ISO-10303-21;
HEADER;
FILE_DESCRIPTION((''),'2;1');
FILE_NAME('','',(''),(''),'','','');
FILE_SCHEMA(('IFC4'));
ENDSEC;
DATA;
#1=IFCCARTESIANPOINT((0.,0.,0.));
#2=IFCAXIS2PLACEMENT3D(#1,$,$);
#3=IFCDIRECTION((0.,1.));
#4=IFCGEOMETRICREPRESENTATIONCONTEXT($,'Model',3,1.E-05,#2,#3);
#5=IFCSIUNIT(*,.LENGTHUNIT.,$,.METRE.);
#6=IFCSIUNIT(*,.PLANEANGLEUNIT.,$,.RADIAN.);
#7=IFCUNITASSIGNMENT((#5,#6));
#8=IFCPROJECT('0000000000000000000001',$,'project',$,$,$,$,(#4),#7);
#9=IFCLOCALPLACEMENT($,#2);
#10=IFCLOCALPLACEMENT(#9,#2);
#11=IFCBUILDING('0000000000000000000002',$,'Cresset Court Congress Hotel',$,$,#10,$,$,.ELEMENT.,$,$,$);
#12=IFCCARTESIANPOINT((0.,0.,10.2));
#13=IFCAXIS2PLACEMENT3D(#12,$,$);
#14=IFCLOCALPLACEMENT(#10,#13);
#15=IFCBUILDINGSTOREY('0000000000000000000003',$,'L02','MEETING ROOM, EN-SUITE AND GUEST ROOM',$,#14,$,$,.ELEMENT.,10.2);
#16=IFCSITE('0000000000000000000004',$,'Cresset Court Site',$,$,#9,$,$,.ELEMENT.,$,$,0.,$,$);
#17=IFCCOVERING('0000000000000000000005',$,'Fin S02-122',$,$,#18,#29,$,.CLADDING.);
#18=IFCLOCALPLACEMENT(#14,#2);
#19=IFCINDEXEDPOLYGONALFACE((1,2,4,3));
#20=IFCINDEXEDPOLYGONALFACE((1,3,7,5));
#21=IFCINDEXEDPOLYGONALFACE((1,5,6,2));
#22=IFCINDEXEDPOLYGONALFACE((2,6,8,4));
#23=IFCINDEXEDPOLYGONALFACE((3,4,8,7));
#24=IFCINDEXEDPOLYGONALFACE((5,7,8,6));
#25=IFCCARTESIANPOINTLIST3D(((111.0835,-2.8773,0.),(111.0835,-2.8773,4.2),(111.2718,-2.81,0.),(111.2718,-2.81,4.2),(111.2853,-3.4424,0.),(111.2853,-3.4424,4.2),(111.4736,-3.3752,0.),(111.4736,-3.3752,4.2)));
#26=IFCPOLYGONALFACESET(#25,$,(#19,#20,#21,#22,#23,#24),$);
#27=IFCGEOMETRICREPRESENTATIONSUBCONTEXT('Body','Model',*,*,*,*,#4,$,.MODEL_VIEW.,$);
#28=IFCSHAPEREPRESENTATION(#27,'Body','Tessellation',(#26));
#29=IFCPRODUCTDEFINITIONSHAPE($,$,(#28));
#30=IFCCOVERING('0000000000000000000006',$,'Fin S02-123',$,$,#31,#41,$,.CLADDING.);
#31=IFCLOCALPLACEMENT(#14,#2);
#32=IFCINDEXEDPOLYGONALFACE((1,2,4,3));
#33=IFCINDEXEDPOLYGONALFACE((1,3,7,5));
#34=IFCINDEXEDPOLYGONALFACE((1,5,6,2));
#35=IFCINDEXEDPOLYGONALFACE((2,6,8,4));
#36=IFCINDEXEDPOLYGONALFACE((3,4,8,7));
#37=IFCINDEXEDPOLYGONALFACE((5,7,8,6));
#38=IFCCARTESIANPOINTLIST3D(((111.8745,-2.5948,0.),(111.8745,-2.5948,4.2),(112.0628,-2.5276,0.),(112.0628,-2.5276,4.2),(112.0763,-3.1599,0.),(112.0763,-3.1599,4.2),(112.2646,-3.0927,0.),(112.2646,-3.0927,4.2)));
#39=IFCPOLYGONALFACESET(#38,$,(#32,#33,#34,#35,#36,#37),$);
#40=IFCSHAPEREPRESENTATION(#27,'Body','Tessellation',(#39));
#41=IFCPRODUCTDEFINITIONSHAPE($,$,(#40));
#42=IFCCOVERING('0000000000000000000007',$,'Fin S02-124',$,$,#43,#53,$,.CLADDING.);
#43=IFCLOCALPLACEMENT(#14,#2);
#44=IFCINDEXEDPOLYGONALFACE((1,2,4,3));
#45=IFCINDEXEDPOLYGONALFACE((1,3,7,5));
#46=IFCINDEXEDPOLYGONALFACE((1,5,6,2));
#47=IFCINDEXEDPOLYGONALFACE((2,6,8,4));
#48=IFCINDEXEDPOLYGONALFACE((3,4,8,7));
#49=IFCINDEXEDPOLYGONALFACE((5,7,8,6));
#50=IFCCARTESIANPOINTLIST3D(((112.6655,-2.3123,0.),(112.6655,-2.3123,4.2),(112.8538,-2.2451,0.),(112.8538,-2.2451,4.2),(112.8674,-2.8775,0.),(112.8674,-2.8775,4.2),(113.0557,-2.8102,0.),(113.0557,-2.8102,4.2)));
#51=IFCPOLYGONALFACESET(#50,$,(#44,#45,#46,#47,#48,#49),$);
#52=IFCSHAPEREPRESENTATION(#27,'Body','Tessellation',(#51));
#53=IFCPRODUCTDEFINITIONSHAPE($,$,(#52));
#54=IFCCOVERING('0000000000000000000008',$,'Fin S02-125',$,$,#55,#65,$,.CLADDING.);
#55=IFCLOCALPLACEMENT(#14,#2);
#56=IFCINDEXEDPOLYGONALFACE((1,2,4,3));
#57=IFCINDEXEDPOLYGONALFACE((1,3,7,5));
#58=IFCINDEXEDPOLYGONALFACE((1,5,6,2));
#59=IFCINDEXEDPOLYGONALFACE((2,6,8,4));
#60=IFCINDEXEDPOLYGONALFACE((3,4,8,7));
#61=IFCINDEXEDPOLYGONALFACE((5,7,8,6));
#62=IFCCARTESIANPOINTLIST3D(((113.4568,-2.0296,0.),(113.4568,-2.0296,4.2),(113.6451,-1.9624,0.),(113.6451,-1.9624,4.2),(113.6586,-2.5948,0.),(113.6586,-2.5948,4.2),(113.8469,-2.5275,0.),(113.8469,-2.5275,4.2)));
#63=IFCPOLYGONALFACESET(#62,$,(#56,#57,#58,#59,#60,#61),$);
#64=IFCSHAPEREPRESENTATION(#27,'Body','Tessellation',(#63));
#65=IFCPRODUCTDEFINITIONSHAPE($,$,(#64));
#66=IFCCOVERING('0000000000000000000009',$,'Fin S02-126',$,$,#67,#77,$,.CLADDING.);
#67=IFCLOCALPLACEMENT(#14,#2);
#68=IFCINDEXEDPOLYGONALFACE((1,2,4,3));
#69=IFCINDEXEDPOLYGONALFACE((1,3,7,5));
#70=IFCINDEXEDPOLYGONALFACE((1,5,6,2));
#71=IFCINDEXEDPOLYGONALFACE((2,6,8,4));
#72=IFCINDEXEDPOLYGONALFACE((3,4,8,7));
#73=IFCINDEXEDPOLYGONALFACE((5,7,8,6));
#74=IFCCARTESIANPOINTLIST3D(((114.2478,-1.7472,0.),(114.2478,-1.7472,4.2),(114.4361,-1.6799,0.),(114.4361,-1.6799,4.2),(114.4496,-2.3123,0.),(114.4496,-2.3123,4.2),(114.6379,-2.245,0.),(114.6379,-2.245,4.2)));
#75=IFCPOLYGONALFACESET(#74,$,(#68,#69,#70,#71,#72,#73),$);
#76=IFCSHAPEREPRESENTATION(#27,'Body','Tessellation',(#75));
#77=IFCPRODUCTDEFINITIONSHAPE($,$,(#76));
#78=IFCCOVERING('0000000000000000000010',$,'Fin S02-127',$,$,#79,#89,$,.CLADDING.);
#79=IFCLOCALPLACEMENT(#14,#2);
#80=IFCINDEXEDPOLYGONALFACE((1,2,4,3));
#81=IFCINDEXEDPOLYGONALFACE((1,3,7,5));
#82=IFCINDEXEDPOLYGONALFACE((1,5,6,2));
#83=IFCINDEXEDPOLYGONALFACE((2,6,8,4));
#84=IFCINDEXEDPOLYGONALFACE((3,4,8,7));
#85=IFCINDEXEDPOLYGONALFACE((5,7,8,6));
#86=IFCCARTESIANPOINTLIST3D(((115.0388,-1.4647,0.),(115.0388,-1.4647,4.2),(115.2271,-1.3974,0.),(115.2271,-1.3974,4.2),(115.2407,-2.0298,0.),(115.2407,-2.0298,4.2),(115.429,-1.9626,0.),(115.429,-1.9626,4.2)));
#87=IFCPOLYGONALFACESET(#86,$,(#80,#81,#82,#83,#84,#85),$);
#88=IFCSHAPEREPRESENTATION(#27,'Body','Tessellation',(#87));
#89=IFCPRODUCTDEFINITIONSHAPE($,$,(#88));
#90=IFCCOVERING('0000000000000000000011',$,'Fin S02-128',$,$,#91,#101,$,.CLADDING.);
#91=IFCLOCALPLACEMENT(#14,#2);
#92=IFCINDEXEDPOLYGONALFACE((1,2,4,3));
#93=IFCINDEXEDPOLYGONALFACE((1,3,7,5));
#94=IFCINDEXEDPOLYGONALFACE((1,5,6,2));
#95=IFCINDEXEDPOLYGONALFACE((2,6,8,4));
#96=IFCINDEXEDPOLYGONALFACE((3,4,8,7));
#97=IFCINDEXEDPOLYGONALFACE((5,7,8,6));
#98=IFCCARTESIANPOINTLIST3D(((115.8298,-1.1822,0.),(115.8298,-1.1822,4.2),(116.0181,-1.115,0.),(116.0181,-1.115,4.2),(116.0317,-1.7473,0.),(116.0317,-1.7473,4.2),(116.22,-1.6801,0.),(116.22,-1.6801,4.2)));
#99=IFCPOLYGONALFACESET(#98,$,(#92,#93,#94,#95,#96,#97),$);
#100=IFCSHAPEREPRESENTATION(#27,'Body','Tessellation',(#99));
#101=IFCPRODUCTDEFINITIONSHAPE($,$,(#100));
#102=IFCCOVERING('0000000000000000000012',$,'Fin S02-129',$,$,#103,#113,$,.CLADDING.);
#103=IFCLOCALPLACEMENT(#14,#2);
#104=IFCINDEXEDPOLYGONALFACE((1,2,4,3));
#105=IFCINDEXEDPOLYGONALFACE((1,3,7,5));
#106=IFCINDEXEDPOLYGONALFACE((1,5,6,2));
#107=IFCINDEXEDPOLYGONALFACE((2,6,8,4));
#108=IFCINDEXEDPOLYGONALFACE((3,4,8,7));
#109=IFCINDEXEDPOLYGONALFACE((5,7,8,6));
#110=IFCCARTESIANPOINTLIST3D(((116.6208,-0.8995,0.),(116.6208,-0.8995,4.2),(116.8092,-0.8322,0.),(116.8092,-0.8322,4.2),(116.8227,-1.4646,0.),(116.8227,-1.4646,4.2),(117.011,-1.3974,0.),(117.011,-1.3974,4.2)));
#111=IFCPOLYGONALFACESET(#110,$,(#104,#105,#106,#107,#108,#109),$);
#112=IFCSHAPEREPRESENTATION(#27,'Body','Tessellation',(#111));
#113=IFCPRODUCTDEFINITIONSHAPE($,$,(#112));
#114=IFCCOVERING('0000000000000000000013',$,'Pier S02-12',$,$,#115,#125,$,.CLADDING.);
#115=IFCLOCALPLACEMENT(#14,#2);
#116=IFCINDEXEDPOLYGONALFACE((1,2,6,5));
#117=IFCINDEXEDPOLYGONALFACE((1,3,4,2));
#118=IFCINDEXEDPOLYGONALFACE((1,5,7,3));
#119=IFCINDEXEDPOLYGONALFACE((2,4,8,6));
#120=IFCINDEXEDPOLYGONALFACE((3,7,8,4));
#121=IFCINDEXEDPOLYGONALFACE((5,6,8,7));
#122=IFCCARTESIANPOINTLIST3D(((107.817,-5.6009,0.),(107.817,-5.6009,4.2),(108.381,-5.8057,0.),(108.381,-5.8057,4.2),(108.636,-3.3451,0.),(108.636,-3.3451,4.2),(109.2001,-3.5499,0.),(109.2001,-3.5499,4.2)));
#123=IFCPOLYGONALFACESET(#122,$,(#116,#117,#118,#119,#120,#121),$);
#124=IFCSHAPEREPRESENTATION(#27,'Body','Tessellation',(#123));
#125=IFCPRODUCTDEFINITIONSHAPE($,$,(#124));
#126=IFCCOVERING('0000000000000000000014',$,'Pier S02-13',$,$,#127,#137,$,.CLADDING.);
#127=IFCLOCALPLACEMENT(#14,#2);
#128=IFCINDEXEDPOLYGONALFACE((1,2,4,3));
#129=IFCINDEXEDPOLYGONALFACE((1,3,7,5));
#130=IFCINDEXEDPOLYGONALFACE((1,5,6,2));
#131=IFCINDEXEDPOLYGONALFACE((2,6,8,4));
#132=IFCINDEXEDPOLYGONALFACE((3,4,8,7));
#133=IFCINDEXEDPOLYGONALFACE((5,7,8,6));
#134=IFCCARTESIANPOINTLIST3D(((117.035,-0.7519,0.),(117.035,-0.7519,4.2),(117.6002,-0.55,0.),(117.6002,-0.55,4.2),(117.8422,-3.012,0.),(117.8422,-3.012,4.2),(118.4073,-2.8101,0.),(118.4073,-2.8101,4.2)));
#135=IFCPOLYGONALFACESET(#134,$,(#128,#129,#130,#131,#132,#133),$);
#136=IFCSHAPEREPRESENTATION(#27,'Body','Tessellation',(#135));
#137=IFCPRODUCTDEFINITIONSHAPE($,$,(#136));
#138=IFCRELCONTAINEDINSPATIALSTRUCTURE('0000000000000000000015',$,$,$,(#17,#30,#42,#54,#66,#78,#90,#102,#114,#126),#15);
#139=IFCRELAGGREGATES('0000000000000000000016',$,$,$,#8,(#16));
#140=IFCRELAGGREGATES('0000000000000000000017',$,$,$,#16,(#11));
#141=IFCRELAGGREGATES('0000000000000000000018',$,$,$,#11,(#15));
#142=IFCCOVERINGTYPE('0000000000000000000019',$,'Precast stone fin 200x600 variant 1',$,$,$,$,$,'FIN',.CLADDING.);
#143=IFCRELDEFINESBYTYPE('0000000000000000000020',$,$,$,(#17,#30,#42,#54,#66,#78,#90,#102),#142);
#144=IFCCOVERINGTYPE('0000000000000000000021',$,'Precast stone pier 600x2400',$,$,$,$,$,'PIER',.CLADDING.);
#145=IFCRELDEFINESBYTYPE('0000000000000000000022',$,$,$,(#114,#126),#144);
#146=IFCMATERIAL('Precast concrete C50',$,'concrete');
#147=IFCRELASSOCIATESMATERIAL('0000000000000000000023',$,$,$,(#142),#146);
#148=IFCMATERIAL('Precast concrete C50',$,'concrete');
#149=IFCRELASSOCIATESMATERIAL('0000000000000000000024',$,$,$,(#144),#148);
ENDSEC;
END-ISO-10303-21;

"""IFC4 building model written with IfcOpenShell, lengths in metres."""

from ifc_helpers import new_model, si_unit, direction, frame, origin, origin_2d, place, context, subcontext, project, spatial, rectangle, extrude, material, type_object, element, save


model = new_model("IFC4")

# Units and contexts
model_context = context("Model", 3, precision=1e-05, world=origin(), true_north=direction((0.0, 1.0)))
body_context = subcontext(model_context, "Body", "Model", "MODEL_VIEW")
ifc_project = project(units=[si_unit("LENGTHUNIT", "METRE"), si_unit("PLANEANGLEUNIT", "RADIAN")], contexts=[model_context])

# Site, building, storey
site_placement = place(None, origin())
site = spatial("IfcSite", under=ifc_project, at=site_placement, Name="Cresset Court Site", CompositionType="ELEMENT", RefElevation=0.0)
building_placement = place(site_placement, origin())
building = spatial("IfcBuilding", under=site, at=building_placement, Name="Cresset Court Congress Hotel", CompositionType="ELEMENT")
storey_placement = place(building_placement, frame((0.0, 0.0, 10.2)))
storey = spatial("IfcBuildingStorey", under=building, at=storey_placement, Name="L02", Description="MEETING ROOM, EN-SUITE AND GUEST ROOM", CompositionType="ELEMENT", Elevation=10.2)

# Coverings
ifc_material_1 = material(Name="Precast concrete C50", Category="concrete")
covering_type_1 = type_object("IfcCoveringType", Name="Precast stone fin 200x600 variant 1", ElementType="FIN", PredefinedType="CLADDING", material=ifc_material_1)
for number, where, z_axis, x_axis, name in (
    (1, (111.2786, -3.1262, 0.0), (0.0, 0.0, 1.0), (0.941742, 0.336336, 0.0), "Fin S02-122"),
    (2, (112.0696, -2.8438, 0.0), (0.0, 0.0, 1.0), (0.941742, 0.336336, 0.0), "Fin S02-123"),
    (3, (112.8606, -2.5613, 0.0), (0.0, 0.0, 1.0), (0.941742, 0.336336, 0.0), "Fin S02-124"),
    (4, (113.6519, -2.2786, 0.0), (0.0, 0.0, 1.0), (0.941742, 0.336336, 0.0), "Fin S02-125"),
    (5, (114.4429, -1.9961, 0.0), (0.0, 0.0, 1.0), (0.941742, 0.336336, 0.0), "Fin S02-126"),
    (6, (115.2339, -1.7136, 0.0), (0.0, 0.0, 1.0), (0.941742, 0.336336, 0.0), "Fin S02-127"),
    (7, (116.0249, -1.4312, 0.0), (0.0, 0.0, 1.0), (0.941742, 0.336336, 0.0), "Fin S02-128"),
    (8, (116.8159, -1.1484, 0.0), (0.0, 0.0, 1.0), (0.941742, 0.336336, 0.0), "Fin S02-129"),
):
    element("IfcCovering", number, at=place(storey_placement, frame(where, z_axis=z_axis, x_axis=x_axis)), inside=storey, type_object=covering_type_1, Name=name, PredefinedType="CLADDING", context=body_context, shape_type="SweptSolid", body=[
        extrude(rectangle(XDim=0.2, YDim=0.6001, at=origin_2d()), origin(), (0.0, 0.0, 1.0), 4.2),
    ])
ifc_material_2 = material(Name="Precast concrete C50", Category="concrete")
covering_type_2 = type_object("IfcCoveringType", Name="Precast stone pier 600x2400", ElementType="PIER", PredefinedType="CLADDING", material=ifc_material_2)
for number, where, z_axis, x_axis, name in (
    (9, (108.5085, -4.5754, 0.0), (0.0, 0.0, 1.0), (0.939957, -0.341293, 0.0), "Pier S02-12"),
    (10, (117.7212, -1.781, 0.0), (0.0, 0.0, 1.0), (0.941742, 0.336336, 0.0), "Pier S02-13"),
):
    element("IfcCovering", number, at=place(storey_placement, frame(where, z_axis=z_axis, x_axis=x_axis)), inside=storey, type_object=covering_type_2, Name=name, PredefinedType="CLADDING", context=body_context, shape_type="SweptSolid", body=[
        extrude(rectangle(XDim=0.6001, YDim=2.3999, at=origin_2d()), origin(), (0.0, 0.0, 1.0), 4.2),
    ])

save(model, "model.ifc")
